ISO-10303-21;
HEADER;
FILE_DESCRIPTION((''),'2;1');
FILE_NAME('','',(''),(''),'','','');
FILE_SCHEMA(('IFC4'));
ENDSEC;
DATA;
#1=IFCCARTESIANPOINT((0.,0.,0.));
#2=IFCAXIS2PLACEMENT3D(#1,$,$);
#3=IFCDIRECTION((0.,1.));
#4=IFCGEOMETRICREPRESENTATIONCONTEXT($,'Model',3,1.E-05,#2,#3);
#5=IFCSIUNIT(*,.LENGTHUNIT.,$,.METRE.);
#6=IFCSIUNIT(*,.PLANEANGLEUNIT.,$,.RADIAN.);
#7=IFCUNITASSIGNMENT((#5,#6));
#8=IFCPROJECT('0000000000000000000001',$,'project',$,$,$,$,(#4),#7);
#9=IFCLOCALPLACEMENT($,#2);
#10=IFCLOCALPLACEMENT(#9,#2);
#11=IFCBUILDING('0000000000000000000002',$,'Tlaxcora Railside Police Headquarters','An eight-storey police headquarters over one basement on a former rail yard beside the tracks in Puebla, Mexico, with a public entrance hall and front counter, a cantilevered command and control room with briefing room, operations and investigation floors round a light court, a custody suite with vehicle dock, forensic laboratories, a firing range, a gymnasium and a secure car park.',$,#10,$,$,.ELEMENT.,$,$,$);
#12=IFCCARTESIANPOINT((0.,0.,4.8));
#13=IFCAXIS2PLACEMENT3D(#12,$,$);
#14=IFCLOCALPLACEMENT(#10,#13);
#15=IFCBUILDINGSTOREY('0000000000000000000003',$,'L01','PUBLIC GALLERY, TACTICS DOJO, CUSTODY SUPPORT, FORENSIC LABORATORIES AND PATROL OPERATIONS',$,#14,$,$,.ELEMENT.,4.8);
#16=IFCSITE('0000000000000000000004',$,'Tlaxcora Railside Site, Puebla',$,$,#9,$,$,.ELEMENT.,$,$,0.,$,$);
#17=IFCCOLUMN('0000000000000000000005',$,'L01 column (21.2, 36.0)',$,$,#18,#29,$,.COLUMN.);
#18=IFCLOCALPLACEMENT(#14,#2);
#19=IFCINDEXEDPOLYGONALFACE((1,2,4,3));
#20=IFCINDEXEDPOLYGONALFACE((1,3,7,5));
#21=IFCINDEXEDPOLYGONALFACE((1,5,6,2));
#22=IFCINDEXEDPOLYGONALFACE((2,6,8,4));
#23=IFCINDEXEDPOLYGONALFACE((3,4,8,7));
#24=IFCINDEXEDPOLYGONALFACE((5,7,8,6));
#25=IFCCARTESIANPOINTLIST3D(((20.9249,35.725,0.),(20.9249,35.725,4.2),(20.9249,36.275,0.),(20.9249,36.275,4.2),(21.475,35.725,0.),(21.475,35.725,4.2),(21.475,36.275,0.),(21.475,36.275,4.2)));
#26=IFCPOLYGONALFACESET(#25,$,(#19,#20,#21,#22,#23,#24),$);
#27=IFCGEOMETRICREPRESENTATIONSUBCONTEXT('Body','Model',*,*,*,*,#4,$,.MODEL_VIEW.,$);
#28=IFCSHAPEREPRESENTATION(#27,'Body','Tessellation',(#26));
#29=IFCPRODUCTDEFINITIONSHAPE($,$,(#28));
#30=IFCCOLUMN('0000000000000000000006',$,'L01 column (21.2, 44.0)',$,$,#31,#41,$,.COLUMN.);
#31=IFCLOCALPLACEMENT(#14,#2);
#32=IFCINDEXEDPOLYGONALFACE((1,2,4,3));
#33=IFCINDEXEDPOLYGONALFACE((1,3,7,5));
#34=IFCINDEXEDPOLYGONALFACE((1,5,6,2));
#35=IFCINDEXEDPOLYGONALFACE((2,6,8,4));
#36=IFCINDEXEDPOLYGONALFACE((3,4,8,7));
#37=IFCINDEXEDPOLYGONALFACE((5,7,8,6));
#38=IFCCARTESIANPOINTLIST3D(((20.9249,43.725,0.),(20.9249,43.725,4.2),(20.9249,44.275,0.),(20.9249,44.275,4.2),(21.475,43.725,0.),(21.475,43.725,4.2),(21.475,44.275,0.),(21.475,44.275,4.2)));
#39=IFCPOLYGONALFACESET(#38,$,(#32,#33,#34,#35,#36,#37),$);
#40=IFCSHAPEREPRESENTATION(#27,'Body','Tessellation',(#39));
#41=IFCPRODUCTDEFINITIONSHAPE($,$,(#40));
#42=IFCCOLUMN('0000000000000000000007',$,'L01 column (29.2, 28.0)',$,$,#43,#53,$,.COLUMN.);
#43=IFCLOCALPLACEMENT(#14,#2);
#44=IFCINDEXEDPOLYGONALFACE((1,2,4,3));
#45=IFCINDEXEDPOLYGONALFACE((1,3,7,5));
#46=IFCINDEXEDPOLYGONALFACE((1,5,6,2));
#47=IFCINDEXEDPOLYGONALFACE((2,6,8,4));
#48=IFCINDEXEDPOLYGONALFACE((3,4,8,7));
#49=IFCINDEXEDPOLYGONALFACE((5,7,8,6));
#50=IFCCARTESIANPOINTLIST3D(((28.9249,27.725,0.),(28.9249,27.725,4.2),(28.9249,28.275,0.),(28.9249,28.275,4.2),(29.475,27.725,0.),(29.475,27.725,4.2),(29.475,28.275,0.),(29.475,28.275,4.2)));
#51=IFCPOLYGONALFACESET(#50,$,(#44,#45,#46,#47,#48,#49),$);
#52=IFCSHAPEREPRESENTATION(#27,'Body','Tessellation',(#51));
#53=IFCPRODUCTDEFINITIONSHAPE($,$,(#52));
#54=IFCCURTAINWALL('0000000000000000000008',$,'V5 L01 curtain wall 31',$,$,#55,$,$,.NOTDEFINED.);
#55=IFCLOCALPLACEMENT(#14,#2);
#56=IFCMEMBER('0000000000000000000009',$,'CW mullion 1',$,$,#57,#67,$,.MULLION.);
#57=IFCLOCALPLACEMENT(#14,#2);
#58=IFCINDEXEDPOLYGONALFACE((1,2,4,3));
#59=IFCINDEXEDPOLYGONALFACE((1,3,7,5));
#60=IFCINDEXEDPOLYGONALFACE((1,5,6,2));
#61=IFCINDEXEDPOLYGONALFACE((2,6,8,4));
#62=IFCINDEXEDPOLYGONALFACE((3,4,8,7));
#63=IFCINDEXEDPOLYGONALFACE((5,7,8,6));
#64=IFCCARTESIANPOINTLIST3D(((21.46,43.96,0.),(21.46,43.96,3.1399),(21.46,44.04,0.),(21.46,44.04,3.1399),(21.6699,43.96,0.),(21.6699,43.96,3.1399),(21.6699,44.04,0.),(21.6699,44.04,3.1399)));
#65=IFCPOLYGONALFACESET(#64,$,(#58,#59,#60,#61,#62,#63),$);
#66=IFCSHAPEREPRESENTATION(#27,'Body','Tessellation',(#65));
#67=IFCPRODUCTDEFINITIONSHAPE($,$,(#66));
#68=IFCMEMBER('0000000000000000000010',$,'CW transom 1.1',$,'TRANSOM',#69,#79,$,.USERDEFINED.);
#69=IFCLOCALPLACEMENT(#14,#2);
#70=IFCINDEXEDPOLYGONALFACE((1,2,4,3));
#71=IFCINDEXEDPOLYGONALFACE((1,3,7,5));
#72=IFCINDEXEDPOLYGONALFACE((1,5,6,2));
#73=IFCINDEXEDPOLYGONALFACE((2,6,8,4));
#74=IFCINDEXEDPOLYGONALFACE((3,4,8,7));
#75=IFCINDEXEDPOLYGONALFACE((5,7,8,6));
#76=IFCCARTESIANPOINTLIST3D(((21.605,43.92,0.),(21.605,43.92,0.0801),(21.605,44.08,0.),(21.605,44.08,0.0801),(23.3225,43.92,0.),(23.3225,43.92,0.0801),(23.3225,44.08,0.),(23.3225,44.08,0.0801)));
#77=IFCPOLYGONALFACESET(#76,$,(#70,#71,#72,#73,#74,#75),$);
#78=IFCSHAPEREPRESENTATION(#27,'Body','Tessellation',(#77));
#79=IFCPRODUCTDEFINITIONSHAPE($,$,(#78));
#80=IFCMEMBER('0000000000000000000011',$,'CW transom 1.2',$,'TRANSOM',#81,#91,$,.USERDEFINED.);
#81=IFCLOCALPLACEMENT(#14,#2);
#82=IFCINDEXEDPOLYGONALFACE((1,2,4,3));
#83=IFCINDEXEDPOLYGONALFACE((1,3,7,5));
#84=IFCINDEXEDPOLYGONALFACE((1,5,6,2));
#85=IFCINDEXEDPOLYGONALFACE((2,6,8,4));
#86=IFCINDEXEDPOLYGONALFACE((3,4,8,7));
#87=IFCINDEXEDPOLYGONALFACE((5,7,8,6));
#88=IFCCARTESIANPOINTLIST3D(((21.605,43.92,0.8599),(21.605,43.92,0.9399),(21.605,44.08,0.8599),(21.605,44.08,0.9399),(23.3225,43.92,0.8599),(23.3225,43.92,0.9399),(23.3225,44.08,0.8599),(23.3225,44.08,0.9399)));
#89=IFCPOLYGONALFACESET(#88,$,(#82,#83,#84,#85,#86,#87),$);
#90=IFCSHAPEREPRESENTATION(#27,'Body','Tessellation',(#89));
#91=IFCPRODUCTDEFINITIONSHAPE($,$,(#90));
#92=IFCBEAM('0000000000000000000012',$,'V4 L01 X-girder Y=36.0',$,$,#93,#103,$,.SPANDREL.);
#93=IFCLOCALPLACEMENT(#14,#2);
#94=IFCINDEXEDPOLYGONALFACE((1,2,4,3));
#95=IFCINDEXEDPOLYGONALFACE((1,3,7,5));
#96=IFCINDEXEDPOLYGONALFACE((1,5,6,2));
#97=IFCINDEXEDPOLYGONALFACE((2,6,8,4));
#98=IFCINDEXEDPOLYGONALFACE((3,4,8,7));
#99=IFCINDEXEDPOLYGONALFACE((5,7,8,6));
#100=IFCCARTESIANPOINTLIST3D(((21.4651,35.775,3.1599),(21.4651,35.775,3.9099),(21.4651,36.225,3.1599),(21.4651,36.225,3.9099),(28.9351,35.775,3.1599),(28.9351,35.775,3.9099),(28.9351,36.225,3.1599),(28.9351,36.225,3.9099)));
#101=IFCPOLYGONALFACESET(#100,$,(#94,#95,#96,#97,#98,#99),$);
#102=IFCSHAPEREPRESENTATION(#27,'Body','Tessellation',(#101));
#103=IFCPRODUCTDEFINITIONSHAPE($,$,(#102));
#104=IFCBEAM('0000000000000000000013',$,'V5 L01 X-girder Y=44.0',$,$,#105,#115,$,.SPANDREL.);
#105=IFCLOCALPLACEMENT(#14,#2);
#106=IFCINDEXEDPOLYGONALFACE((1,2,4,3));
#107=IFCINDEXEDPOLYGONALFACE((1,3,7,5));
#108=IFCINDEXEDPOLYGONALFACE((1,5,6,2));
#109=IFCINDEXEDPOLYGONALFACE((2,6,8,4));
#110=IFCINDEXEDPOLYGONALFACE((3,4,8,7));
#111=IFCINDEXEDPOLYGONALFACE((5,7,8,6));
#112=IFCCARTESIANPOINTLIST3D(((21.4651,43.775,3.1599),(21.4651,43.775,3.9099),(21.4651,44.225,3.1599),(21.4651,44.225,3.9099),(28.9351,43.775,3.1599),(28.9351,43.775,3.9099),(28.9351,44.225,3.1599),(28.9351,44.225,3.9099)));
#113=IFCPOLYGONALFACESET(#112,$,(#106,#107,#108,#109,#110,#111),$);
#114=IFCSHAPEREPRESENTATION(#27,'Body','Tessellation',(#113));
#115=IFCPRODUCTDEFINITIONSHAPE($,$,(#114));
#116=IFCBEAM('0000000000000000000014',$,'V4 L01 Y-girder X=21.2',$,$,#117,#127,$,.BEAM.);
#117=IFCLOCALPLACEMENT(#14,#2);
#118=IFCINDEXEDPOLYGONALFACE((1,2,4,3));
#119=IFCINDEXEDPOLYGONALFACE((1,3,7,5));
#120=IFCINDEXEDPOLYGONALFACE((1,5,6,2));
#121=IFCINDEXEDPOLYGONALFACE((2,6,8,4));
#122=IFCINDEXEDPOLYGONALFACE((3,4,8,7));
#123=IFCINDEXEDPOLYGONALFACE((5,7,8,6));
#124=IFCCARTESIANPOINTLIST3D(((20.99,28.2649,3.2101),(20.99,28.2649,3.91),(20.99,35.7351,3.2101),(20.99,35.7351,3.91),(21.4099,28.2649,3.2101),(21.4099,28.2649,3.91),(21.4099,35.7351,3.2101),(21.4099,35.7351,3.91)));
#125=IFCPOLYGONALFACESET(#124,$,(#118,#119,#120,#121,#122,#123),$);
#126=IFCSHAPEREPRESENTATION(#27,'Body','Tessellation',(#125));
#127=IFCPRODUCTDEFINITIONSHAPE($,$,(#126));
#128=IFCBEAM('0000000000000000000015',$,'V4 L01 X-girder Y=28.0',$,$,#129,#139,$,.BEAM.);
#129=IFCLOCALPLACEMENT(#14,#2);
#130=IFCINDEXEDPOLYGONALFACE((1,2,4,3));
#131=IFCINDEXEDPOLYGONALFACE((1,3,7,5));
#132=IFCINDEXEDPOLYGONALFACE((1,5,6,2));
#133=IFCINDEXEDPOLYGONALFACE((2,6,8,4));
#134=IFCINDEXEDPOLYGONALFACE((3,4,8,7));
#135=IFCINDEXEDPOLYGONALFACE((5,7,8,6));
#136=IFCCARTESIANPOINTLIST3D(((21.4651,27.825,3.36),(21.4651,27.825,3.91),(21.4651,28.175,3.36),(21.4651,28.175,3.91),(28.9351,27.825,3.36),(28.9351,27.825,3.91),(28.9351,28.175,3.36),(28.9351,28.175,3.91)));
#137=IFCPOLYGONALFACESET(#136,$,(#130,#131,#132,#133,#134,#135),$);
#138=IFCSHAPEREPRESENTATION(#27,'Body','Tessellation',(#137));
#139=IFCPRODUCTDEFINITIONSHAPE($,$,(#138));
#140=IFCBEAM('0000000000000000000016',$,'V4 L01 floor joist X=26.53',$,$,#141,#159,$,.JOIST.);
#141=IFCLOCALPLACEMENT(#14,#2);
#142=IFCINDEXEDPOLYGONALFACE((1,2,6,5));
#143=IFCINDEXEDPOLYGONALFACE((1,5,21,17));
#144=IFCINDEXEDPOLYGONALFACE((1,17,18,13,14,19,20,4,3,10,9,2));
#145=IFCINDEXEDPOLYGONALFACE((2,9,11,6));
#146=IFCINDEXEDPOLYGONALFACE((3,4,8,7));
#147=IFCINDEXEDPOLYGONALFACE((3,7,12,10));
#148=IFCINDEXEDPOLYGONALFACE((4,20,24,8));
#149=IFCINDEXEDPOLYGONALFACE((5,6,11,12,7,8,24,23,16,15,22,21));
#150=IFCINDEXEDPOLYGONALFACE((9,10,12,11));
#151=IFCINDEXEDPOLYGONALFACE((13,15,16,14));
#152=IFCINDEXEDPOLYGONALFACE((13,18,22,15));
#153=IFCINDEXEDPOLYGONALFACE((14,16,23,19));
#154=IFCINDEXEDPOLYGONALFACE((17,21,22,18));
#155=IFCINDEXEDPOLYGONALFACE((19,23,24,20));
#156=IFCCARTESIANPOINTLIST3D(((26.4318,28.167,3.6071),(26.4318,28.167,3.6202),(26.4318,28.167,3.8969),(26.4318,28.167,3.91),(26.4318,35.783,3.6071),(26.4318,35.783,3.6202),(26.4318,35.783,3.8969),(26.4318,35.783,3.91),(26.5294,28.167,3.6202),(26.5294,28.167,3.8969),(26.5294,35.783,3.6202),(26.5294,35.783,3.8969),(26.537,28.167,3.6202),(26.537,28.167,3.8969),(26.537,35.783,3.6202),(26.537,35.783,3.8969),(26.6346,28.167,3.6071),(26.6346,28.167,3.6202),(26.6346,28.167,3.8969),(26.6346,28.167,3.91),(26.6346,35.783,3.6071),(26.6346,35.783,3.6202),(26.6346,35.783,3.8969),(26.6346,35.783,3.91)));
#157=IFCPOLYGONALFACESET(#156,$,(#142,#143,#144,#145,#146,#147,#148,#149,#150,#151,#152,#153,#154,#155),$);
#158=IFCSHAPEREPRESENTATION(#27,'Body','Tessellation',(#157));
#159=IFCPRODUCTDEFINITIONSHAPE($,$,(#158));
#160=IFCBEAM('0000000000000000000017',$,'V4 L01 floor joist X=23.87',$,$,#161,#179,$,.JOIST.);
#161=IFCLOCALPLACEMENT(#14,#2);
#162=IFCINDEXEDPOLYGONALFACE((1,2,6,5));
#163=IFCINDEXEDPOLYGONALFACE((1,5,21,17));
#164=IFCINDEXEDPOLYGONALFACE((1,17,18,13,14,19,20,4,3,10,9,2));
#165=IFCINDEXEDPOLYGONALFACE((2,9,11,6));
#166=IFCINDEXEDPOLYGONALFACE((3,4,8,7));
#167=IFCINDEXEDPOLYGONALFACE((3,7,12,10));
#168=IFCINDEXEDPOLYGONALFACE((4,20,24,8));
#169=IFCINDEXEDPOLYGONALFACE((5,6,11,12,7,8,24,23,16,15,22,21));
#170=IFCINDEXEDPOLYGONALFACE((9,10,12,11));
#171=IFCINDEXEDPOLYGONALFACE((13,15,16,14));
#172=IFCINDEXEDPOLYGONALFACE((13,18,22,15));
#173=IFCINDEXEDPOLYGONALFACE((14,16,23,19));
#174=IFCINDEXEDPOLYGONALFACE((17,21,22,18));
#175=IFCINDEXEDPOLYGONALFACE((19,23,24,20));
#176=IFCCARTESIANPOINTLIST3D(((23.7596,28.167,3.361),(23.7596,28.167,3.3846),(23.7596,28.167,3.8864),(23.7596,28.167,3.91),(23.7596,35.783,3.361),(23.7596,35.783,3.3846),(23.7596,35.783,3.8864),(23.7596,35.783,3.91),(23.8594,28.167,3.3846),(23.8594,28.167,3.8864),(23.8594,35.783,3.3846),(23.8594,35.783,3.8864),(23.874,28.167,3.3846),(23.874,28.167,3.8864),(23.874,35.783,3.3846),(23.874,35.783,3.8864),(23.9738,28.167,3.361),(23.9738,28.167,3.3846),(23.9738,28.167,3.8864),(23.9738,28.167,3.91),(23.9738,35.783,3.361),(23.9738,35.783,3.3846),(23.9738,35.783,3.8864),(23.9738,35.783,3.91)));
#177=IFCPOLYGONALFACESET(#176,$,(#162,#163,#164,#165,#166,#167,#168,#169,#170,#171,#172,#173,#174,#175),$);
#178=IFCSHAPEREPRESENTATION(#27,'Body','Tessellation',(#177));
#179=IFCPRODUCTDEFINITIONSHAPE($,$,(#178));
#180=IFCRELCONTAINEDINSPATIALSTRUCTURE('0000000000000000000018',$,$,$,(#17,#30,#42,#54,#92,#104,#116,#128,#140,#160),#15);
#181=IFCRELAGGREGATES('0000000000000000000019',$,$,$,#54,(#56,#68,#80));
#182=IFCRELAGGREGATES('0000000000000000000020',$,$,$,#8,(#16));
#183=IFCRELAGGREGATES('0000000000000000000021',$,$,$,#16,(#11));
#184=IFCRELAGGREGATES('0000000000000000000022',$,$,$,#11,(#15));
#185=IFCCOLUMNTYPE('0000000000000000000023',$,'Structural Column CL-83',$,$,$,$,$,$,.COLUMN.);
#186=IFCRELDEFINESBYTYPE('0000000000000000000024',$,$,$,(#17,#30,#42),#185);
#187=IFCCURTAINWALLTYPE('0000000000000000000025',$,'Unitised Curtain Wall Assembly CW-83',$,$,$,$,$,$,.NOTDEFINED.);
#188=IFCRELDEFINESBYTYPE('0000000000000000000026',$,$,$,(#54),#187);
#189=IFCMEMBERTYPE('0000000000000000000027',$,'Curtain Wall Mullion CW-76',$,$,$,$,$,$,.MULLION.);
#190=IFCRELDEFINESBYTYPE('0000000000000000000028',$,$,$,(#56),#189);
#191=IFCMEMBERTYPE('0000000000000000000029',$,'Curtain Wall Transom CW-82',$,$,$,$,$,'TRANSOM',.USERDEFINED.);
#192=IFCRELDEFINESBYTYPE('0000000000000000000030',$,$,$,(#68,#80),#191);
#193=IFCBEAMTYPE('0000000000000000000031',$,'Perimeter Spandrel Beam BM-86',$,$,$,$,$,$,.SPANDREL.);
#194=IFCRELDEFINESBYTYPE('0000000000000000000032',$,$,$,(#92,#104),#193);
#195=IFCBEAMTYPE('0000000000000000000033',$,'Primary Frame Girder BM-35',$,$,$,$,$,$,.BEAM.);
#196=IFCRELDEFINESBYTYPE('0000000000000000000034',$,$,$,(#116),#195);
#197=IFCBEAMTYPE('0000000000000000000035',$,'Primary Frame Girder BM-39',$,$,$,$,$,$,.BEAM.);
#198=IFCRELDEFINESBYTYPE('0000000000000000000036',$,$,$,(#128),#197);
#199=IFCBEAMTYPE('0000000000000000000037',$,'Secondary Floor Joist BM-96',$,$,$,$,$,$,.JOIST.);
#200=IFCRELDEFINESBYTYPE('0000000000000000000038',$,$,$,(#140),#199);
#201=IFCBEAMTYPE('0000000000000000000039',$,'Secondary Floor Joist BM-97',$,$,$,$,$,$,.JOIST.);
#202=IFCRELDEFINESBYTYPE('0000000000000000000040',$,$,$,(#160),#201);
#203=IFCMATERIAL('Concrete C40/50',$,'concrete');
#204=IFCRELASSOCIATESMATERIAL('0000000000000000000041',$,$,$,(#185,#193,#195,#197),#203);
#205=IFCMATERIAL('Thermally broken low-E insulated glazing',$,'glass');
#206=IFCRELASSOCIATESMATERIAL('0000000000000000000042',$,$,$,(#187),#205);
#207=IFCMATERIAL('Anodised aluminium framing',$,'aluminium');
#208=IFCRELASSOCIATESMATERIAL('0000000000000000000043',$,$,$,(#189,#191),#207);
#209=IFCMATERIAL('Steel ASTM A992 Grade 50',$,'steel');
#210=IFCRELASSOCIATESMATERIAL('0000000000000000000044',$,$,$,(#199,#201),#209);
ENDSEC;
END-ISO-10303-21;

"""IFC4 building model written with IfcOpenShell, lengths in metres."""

from ifc_helpers import new_model, si_unit, direction, frame, origin, origin_2d, place, context, subcontext, project, spatial, rectangle, i_section, extrude, material, material_profile, profile_set, type_object, element, aggregate, save


model = new_model("IFC4")

# Units and contexts
model_context = context("Model", 3, precision=1e-05, world=origin(), true_north=direction((0.0, 1.0)))
body_context = subcontext(model_context, "Body", "Model", "MODEL_VIEW")
ifc_project = project(units=[si_unit("LENGTHUNIT", "METRE"), si_unit("PLANEANGLEUNIT", "RADIAN")], contexts=[model_context])

# Site, building, storey
site_placement = place(None, origin())
site = spatial("IfcSite", under=ifc_project, at=site_placement, Name="Tlaxcora Railside Site, Puebla", CompositionType="ELEMENT", RefElevation=0.0)
building_placement = place(site_placement, origin())
building = spatial("IfcBuilding", under=site, at=building_placement, Name="Tlaxcora Railside Police Headquarters", Description="An eight-storey police headquarters over one basement on a former rail yard beside the tracks in Puebla, Mexico, with a public entrance hall and front counter, a cantilevered command and control room with briefing room, operations and investigation floors round a light court, a custody suite with vehicle dock, forensic laboratories, a firing range, a gymnasium and a secure car park.", CompositionType="ELEMENT")
storey_placement = place(building_placement, frame((0.0, 0.0, 4.8)))
storey = spatial("IfcBuildingStorey", under=building, at=storey_placement, Name="L01", Description="PUBLIC GALLERY, TACTICS DOJO, CUSTODY SUPPORT, FORENSIC LABORATORIES AND PATROL OPERATIONS", CompositionType="ELEMENT", Elevation=4.8)

# Columns
ifc_material_1 = material(Name="Concrete C40/50", Category="concrete")
ifc_material_profile_1 = material_profile(ifc_material_1, rectangle(XDim=0.55, YDim=0.55, at=origin_2d()), Name="RC550X550")
ifc_profile_set_1 = profile_set([ifc_material_profile_1], Name="Concrete C40/50")
column_type = type_object("IfcColumnType", Name="Structural Column CL-83", PredefinedType="COLUMN", material=ifc_profile_set_1)
for number, where, z_axis, x_axis, name in (
    (1, (21.2, 36.0, 0.0), (0.0, 0.0, 1.0), (1.0, 0.0, 0.0), "L01 column (21.2, 36.0)"),
    (2, (21.2, 44.0, 0.0), (0.0, 0.0, 1.0), (1.0, 0.0, 0.0), "L01 column (21.2, 44.0)"),
    (3, (29.2, 28.0, 0.0), (0.0, 0.0, 1.0), (1.0, 0.0, 0.0), "L01 column (29.2, 28.0)"),
):
    element("IfcColumn", number, at=place(storey_placement, frame(where, z_axis=z_axis, x_axis=x_axis)), inside=storey, type_object=column_type, Name=name, PredefinedType="COLUMN", context=body_context, shape_type="SweptSolid", body=[
        extrude(rectangle(XDim=0.55, YDim=0.55, at=origin_2d()), origin(), (0.0, 0.0, 1.0), 4.2),
    ])

# Curtain wall, members
ifc_material_2 = material(Name="Thermally broken low-E insulated glazing", Category="glass")
curtain_wall_type = type_object("IfcCurtainWallType", Name="Unitised Curtain Wall Assembly CW-83", PredefinedType="NOTDEFINED", material=ifc_material_2)
curtain_wall_placement = place(storey_placement, origin())
curtain_wall = element("IfcCurtainWall", 4, at=curtain_wall_placement, inside=storey, type_object=curtain_wall_type, Name="V5 L01 curtain wall 31", PredefinedType="NOTDEFINED")
ifc_material_3 = material(Name="Anodised aluminium framing", Category="aluminium")
ifc_material_profile_2 = material_profile(ifc_material_3, rectangle(XDim=0.0801, YDim=0.21, at=origin_2d()), Name="AL80X210")
ifc_profile_set_2 = profile_set([ifc_material_profile_2], Name="Anodised aluminium framing")
member_type_1 = type_object("IfcMemberType", Name="Curtain Wall Mullion CW-76", PredefinedType="MULLION", material=ifc_profile_set_2)
member_1_placement = place(storey_placement, frame((21.5649, 44.0, 0.0), z_axis=(0.0, 0.0, 1.0), x_axis=(0.0, 1.0, 0.0)))
member_1 = element("IfcMember", 5, at=member_1_placement, type_object=member_type_1, Name="CW mullion 1", PredefinedType="MULLION", context=body_context, shape_type="SweptSolid", body=[
    extrude(rectangle(XDim=0.0801, YDim=0.21, at=origin_2d()), origin(), (0.0, 0.0, 1.0), 3.1399),
])
ifc_material_profile_3 = material_profile(ifc_material_3, rectangle(XDim=0.1599, YDim=0.0801, at=origin_2d()), Name="AL80X160")
ifc_profile_set_3 = profile_set([ifc_material_profile_3], Name="Anodised aluminium framing")
member_type_2 = type_object("IfcMemberType", Name="Curtain Wall Transom CW-82", ElementType="TRANSOM", PredefinedType="USERDEFINED", material=ifc_profile_set_3)
member_2_placement = place(storey_placement, frame((21.605, 44.0, 0.04), z_axis=(1.0, 0.0, 0.0), x_axis=(0.0, 1.0, 0.0)))
member_2 = element("IfcMember", 6, at=member_2_placement, type_object=member_type_2, Name="CW transom 1.1", ObjectType="TRANSOM", PredefinedType="USERDEFINED", context=body_context, shape_type="SweptSolid", body=[
    extrude(rectangle(XDim=0.1599, YDim=0.0801, at=origin_2d()), origin(), (0.0, 0.0, 1.0), 1.7175),
])
member_3_placement = place(storey_placement, frame((21.605, 44.0, 0.8999), z_axis=(1.0, 0.0, 0.0), x_axis=(0.0, 1.0, 0.0)))
member_3 = element("IfcMember", 7, at=member_3_placement, type_object=member_type_2, Name="CW transom 1.2", ObjectType="TRANSOM", PredefinedType="USERDEFINED", context=body_context, shape_type="SweptSolid", body=[
    extrude(rectangle(XDim=0.1599, YDim=0.0801, at=origin_2d()), origin(), (0.0, 0.0, 1.0), 1.7175),
])
aggregate(curtain_wall, [member_1, member_2, member_3])

# Beams
ifc_material_profile_4 = material_profile(ifc_material_1, rectangle(XDim=0.45, YDim=0.75, at=origin_2d()), Name="RC450X750")
ifc_profile_set_4 = profile_set([ifc_material_profile_4], Name="Concrete C40/50")
beam_type_1 = type_object("IfcBeamType", Name="Perimeter Spandrel Beam BM-86", PredefinedType="SPANDREL", material=ifc_profile_set_4)
for number, where, z_axis, x_axis, name in (
    (8, (21.4651, 36.0, 3.5349), (1.0, 0.0, 0.0), (0.0, 1.0, 0.0), "V4 L01 X-girder Y=36.0"),
    (9, (21.4651, 44.0, 3.5349), (1.0, 0.0, 0.0), (0.0, 1.0, 0.0), "V5 L01 X-girder Y=44.0"),
):
    element("IfcBeam", number, at=place(storey_placement, frame(where, z_axis=z_axis, x_axis=x_axis)), inside=storey, type_object=beam_type_1, Name=name, PredefinedType="SPANDREL", context=body_context, shape_type="SweptSolid", body=[
        extrude(rectangle(XDim=0.45, YDim=0.75, at=origin_2d()), origin(), (0.0, 0.0, 1.0), 7.47),
    ])
ifc_material_profile_5 = material_profile(ifc_material_1, rectangle(XDim=0.4199, YDim=0.7, at=origin_2d()), Name="RC420X700")
ifc_profile_set_5 = profile_set([ifc_material_profile_5], Name="Concrete C40/50")
beam_type_2 = type_object("IfcBeamType", Name="Primary Frame Girder BM-35", PredefinedType="BEAM", material=ifc_profile_set_5)
beam_1_placement = place(storey_placement, frame((21.2, 28.2649, 3.5601), z_axis=(0.0, 1.0, 0.0), x_axis=(-1.0, 0.0, 0.0)))
element("IfcBeam", 10, at=beam_1_placement, inside=storey, type_object=beam_type_2, Name="V4 L01 Y-girder X=21.2", PredefinedType="BEAM", context=body_context, shape_type="SweptSolid", body=[
    extrude(rectangle(XDim=0.4199, YDim=0.7, at=origin_2d()), origin(), (0.0, 0.0, 1.0), 7.4702),
])
ifc_material_profile_6 = material_profile(ifc_material_1, rectangle(XDim=0.3501, YDim=0.55, at=origin_2d()), Name="RC350X550")
ifc_profile_set_6 = profile_set([ifc_material_profile_6], Name="Concrete C40/50")
beam_type_3 = type_object("IfcBeamType", Name="Primary Frame Girder BM-39", PredefinedType="BEAM", material=ifc_profile_set_6)
beam_2_placement = place(storey_placement, frame((21.4651, 28.0, 3.635), z_axis=(1.0, 0.0, 0.0), x_axis=(0.0, 1.0, 0.0)))
element("IfcBeam", 11, at=beam_2_placement, inside=storey, type_object=beam_type_3, Name="V4 L01 X-girder Y=28.0", PredefinedType="BEAM", context=body_context, shape_type="SweptSolid", body=[
    extrude(rectangle(XDim=0.3501, YDim=0.55, at=origin_2d()), origin(), (0.0, 0.0, 1.0), 7.47),
])
ifc_material_4 = material(Name="Steel ASTM A992 Grade 50", Category="steel")
ifc_material_profile_7 = material_profile(ifc_material_4, i_section(OverallWidth=0.2029, OverallDepth=0.303, WebThickness=0.0076, FlangeThickness=0.0132, at=origin_2d()), Name="W12X40")
ifc_profile_set_7 = profile_set([ifc_material_profile_7], Name="Steel ASTM A992 Grade 50")
beam_type_4 = type_object("IfcBeamType", Name="Secondary Floor Joist BM-96", PredefinedType="JOIST", material=ifc_profile_set_7)
beam_3_placement = place(storey_placement, frame((26.5332, 28.167, 3.7585), z_axis=(0.0, 1.0, 0.0), x_axis=(-1.0, 0.0, 0.0)))
element("IfcBeam", 12, at=beam_3_placement, inside=storey, type_object=beam_type_4, Name="V4 L01 floor joist X=26.53", PredefinedType="JOIST", context=body_context, shape_type="SweptSolid", body=[
    extrude(i_section(OverallWidth=0.2029, OverallDepth=0.303, WebThickness=0.0076, FlangeThickness=0.0132, at=origin_2d()), origin(), (0.0, 0.0, 1.0), 7.616),
])
ifc_material_profile_8 = material_profile(ifc_material_4, i_section(OverallWidth=0.2141, OverallDepth=0.5491, WebThickness=0.0146, FlangeThickness=0.0237, at=origin_2d()), Name="W21X93")
ifc_profile_set_8 = profile_set([ifc_material_profile_8], Name="Steel ASTM A992 Grade 50")
beam_type_5 = type_object("IfcBeamType", Name="Secondary Floor Joist BM-97", PredefinedType="JOIST", material=ifc_profile_set_8)
beam_4_placement = place(storey_placement, frame((23.8667, 28.167, 3.6355), z_axis=(0.0, 1.0, 0.0), x_axis=(-1.0, 0.0, 0.0)))
element("IfcBeam", 13, at=beam_4_placement, inside=storey, type_object=beam_type_5, Name="V4 L01 floor joist X=23.87", PredefinedType="JOIST", context=body_context, shape_type="SweptSolid", body=[
    extrude(i_section(OverallWidth=0.2141, OverallDepth=0.5491, WebThickness=0.0146, FlangeThickness=0.0237, at=origin_2d()), origin(), (0.0, 0.0, 1.0), 7.616),
])

save(model, "model.ifc")
